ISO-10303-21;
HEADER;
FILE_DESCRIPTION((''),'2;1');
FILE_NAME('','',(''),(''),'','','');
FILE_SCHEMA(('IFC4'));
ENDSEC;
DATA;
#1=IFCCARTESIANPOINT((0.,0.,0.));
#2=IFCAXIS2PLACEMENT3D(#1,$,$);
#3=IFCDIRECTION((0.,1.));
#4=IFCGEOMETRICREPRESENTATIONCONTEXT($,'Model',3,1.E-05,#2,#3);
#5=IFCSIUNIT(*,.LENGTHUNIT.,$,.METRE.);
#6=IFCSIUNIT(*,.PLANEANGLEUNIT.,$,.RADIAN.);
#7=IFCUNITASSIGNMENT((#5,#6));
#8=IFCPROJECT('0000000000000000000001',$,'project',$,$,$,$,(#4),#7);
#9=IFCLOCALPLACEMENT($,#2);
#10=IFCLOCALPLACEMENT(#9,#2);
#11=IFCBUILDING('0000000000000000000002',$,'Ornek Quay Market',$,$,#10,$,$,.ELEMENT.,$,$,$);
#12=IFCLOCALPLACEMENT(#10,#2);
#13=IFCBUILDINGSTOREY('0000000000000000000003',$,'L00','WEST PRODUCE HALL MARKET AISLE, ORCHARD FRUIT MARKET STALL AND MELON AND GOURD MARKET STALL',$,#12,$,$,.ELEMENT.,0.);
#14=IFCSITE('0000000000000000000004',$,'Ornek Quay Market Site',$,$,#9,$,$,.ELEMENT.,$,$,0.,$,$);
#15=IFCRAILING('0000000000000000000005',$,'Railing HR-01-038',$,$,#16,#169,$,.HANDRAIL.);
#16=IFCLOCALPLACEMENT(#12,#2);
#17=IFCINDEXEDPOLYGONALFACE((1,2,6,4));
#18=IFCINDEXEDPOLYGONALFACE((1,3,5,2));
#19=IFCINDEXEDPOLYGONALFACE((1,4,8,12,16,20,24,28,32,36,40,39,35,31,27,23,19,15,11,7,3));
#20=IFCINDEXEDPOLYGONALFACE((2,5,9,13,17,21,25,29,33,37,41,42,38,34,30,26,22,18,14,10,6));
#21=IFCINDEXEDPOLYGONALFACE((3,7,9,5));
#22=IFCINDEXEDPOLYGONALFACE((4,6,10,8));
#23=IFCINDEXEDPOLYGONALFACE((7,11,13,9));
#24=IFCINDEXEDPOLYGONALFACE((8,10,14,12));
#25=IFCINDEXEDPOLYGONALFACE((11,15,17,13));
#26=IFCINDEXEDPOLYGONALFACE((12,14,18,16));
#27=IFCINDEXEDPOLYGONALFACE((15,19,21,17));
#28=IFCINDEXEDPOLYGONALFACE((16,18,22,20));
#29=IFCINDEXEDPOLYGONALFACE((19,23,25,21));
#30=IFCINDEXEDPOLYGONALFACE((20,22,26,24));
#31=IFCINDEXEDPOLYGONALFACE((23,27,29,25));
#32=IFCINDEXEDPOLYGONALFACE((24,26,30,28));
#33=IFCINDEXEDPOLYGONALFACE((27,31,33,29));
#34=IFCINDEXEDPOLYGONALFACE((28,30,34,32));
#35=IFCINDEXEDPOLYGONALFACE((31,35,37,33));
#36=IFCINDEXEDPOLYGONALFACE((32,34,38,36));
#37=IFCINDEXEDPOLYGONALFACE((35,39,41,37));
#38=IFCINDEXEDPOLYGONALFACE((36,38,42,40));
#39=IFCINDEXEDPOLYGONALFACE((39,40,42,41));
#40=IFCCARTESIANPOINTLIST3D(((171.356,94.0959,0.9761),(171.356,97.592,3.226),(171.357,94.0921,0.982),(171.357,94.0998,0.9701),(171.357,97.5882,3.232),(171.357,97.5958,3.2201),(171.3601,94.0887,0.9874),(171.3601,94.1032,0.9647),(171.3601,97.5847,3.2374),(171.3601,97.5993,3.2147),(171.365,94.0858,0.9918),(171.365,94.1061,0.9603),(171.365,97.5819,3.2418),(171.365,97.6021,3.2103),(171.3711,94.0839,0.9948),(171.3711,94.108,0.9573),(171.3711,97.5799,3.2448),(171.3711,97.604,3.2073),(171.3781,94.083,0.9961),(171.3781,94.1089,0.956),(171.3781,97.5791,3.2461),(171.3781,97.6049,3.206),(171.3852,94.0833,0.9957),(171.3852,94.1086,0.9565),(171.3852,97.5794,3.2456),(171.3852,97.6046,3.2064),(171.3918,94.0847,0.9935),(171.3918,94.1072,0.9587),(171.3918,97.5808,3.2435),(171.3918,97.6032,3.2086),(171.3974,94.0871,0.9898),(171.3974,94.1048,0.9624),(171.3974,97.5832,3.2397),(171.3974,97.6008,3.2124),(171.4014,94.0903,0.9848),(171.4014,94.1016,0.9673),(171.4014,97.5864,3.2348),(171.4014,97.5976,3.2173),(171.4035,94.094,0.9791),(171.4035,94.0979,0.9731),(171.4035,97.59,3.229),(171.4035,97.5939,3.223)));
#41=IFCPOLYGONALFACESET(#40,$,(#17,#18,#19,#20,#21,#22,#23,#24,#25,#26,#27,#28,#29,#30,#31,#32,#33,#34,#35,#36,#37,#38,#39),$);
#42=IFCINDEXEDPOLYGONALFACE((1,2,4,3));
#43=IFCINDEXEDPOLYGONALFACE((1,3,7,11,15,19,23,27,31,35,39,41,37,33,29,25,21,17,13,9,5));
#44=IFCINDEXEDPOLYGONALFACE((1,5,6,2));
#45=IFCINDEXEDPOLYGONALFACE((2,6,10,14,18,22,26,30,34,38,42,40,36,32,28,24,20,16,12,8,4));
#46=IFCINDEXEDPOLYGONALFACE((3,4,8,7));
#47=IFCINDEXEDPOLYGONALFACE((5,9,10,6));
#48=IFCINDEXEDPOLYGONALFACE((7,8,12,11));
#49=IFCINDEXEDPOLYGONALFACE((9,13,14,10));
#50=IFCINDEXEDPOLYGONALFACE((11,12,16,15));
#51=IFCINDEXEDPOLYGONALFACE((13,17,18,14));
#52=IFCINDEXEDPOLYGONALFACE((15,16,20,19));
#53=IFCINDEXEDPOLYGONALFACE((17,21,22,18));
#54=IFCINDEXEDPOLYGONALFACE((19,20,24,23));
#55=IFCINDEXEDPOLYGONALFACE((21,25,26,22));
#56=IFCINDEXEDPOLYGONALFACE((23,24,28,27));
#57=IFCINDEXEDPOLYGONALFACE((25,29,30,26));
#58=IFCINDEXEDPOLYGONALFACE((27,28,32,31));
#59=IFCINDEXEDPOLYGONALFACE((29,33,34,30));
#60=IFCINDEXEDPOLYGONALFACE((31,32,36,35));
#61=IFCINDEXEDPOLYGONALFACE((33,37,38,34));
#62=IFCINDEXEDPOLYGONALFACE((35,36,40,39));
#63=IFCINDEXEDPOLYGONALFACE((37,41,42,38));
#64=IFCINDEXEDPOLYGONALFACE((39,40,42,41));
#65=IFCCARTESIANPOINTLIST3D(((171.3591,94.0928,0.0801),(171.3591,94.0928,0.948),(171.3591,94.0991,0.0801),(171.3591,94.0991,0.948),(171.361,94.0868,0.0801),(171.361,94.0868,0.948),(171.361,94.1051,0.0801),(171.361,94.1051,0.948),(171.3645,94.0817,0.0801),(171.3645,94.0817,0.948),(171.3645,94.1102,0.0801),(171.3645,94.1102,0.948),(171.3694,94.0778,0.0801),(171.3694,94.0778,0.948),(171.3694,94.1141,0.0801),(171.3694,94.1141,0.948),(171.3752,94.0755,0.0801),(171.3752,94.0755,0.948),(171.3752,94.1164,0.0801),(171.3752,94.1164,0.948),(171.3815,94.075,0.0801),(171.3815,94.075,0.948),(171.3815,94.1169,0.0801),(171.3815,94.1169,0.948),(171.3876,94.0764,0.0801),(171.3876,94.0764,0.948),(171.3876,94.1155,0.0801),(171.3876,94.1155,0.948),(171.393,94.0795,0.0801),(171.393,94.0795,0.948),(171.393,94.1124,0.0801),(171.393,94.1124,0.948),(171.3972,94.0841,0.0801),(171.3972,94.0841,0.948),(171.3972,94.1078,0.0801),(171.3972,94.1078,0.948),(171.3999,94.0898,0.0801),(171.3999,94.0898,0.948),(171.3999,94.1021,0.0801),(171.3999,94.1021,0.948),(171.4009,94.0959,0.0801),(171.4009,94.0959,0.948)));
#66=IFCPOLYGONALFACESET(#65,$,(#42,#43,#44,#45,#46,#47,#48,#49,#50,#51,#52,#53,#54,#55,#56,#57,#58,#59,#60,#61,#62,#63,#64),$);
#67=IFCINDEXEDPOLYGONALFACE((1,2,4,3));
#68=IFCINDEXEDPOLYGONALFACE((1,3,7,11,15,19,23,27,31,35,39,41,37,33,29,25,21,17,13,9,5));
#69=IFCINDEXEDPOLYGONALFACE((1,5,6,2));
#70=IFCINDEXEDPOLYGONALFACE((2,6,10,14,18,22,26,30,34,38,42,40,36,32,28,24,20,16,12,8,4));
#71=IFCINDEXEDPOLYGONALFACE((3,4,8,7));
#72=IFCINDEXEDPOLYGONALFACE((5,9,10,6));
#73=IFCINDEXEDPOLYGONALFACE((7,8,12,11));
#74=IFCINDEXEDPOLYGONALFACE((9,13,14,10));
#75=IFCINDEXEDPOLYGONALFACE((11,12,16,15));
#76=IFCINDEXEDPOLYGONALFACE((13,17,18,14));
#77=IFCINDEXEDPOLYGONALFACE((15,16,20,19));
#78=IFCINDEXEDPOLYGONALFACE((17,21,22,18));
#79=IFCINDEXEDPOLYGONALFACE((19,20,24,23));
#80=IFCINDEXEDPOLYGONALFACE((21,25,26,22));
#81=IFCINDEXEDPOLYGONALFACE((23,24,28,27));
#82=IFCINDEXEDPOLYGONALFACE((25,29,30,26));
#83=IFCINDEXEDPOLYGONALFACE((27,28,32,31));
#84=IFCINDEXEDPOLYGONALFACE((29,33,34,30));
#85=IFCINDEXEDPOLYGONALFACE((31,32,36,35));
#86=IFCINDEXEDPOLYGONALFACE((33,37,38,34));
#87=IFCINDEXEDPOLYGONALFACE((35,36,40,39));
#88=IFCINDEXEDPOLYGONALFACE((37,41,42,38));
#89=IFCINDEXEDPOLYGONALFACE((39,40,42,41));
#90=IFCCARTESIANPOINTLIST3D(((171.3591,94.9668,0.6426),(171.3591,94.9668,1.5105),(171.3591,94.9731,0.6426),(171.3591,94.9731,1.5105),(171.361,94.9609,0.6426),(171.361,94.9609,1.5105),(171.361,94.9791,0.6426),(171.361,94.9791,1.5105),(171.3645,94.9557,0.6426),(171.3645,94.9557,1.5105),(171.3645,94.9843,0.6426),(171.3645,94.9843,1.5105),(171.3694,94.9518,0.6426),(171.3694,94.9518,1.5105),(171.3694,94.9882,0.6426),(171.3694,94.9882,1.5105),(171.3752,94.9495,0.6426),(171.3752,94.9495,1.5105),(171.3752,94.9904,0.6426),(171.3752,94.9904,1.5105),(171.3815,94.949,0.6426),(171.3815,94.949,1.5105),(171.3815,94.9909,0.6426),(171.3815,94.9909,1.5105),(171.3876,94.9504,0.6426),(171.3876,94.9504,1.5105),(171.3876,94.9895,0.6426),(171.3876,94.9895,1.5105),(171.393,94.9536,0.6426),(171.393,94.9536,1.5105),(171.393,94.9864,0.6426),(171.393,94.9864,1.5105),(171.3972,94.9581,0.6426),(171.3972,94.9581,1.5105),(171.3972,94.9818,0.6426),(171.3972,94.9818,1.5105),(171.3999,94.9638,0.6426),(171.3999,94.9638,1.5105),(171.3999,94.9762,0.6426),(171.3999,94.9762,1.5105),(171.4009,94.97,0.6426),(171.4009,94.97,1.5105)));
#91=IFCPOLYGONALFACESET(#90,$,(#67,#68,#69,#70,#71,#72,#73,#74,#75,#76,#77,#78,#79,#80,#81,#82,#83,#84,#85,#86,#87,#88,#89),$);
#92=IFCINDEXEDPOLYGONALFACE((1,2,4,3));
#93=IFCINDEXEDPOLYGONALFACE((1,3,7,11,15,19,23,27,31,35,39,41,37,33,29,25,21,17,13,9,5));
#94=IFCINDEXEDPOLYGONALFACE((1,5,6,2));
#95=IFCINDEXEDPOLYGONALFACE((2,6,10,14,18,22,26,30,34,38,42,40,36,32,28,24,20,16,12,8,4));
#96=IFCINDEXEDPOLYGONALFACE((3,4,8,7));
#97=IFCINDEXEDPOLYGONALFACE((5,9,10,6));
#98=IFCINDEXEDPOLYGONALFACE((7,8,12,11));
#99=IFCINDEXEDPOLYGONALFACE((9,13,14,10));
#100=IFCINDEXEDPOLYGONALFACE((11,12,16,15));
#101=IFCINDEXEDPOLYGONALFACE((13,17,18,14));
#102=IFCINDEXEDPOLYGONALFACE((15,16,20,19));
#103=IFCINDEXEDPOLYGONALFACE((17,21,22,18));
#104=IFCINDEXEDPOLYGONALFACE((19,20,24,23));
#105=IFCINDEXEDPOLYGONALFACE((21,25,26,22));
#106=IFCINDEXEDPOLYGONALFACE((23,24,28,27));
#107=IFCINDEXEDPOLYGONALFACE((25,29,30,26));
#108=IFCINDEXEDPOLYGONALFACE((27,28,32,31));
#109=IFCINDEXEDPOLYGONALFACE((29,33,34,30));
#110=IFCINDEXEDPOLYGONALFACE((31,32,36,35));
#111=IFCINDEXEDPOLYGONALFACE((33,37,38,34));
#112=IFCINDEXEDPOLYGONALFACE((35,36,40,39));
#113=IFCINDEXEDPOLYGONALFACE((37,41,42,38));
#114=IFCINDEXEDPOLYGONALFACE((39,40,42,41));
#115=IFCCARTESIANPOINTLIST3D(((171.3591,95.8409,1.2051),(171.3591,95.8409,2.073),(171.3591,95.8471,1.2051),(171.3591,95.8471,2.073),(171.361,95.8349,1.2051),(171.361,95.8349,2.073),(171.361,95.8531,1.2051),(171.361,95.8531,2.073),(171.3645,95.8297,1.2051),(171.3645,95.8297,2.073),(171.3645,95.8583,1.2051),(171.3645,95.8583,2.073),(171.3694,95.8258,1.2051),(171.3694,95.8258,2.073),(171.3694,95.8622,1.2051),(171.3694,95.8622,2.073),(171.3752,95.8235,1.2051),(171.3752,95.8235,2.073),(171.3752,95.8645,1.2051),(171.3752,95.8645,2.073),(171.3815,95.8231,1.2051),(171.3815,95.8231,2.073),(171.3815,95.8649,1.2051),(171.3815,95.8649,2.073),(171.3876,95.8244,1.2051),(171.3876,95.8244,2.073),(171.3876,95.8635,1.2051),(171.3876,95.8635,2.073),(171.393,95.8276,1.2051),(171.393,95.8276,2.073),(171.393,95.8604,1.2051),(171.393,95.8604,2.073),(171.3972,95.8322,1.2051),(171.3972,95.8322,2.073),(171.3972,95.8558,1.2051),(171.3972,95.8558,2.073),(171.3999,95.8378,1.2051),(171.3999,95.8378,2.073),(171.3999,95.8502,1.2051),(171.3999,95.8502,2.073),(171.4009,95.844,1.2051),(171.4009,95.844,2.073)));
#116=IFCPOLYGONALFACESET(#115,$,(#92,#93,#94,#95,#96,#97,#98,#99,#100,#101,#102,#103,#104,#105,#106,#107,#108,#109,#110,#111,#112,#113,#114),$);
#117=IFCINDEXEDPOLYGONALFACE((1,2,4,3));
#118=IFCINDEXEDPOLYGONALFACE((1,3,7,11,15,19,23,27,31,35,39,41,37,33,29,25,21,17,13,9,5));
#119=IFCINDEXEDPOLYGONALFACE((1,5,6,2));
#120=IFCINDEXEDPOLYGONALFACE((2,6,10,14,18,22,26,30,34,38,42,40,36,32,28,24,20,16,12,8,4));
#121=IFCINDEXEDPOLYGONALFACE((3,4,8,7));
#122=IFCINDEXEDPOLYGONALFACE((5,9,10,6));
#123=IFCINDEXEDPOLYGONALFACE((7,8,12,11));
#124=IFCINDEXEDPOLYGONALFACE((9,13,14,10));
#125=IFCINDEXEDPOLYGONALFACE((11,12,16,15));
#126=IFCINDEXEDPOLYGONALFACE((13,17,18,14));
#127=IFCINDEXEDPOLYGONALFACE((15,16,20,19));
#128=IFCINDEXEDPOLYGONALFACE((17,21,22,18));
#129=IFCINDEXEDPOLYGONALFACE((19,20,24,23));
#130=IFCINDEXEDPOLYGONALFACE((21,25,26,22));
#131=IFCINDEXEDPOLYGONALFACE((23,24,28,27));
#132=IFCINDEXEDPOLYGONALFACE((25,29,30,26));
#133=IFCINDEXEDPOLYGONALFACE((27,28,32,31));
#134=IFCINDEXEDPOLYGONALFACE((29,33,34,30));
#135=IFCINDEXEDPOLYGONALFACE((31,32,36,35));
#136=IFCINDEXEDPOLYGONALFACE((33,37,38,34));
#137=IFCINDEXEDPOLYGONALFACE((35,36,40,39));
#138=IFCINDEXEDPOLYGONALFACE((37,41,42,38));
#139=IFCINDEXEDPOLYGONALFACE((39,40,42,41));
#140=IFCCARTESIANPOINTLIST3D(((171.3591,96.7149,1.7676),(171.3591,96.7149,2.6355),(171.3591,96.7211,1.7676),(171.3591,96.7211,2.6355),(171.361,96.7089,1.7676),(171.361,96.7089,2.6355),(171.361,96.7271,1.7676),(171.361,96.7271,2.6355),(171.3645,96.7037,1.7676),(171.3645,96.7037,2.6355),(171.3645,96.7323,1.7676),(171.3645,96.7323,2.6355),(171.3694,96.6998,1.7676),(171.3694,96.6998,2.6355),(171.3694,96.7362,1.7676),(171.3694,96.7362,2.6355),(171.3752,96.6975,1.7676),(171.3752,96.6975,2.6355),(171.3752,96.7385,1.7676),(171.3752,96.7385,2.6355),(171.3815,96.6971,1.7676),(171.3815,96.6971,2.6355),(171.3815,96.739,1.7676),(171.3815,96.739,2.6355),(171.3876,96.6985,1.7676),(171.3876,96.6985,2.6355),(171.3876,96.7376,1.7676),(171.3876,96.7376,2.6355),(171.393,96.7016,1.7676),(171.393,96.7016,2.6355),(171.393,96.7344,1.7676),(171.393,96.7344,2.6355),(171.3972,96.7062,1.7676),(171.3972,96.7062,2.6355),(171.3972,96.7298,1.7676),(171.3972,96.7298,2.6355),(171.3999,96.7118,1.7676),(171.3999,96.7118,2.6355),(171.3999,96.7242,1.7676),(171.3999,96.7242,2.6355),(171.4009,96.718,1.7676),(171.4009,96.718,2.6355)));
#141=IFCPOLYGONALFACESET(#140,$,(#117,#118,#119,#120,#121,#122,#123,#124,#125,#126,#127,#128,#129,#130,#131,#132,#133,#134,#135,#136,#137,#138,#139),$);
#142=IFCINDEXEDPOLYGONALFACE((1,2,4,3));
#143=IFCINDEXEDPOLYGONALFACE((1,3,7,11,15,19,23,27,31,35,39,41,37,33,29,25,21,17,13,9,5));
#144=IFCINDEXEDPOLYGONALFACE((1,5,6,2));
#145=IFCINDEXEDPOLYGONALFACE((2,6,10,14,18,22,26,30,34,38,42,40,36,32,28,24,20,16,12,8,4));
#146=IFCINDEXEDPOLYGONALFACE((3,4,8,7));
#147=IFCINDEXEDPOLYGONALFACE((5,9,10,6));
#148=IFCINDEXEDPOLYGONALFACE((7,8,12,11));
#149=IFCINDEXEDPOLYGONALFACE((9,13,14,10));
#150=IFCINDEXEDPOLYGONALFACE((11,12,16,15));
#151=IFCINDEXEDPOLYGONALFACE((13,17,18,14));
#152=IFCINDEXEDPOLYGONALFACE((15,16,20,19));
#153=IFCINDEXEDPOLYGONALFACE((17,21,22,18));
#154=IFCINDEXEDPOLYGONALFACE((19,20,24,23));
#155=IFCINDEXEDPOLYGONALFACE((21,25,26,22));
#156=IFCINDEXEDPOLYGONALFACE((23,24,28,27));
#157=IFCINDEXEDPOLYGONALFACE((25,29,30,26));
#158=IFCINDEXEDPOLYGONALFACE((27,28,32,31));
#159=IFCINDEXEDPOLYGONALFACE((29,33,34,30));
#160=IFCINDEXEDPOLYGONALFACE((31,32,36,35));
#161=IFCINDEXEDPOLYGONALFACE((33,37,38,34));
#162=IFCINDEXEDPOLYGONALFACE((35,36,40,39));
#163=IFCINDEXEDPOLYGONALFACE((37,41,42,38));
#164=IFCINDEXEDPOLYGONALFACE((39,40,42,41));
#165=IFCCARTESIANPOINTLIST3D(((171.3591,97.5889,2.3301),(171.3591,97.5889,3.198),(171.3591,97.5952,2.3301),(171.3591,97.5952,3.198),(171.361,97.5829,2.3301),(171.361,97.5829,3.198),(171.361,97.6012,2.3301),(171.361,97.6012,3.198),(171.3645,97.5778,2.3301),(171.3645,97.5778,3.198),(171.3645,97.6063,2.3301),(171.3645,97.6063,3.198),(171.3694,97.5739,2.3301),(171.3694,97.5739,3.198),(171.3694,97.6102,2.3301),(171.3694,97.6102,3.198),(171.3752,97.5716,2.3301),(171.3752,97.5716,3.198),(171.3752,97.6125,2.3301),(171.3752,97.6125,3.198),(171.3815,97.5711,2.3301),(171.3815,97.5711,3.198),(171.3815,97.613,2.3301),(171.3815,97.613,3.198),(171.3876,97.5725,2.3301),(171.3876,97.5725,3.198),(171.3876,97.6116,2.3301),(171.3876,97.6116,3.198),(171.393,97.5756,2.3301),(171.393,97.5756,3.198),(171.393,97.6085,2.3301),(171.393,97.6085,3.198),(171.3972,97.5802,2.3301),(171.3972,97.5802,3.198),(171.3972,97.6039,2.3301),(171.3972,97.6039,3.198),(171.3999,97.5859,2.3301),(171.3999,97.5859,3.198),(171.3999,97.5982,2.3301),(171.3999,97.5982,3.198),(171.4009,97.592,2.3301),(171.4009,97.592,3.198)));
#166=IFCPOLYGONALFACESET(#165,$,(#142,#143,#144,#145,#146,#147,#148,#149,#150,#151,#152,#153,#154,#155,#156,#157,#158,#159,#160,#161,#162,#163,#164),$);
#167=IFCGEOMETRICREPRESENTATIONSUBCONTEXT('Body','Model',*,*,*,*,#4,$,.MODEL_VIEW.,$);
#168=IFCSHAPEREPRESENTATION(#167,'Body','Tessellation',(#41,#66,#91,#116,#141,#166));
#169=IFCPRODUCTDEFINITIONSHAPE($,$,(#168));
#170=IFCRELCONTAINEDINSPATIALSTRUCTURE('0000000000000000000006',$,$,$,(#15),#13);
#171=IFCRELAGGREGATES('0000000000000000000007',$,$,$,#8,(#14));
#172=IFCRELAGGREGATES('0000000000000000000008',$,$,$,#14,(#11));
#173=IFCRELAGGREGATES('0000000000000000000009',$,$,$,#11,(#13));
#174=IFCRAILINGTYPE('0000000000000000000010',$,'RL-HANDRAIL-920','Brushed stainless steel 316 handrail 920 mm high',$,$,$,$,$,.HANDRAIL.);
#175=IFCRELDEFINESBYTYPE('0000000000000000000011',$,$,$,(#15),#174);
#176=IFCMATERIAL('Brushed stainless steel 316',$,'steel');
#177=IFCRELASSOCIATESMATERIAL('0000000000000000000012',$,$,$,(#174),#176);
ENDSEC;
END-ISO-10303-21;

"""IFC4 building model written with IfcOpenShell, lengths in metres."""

from ifc_helpers import new_model, si_unit, direction, frame, origin, origin_2d, place, context, subcontext, project, spatial, circle, extrude, material, type_object, element, save


model = new_model("IFC4")

# Units and contexts
model_context = context("Model", 3, precision=1e-05, world=origin(), true_north=direction((0.0, 1.0)))
body_context = subcontext(model_context, "Body", "Model", "MODEL_VIEW")
ifc_project = project(units=[si_unit("LENGTHUNIT", "METRE"), si_unit("PLANEANGLEUNIT", "RADIAN")], contexts=[model_context])

# Site, building, storey
site_placement = place(None, origin())
site = spatial("IfcSite", under=ifc_project, at=site_placement, Name="Ornek Quay Market Site", CompositionType="ELEMENT", RefElevation=0.0)
building_placement = place(site_placement, origin())
building = spatial("IfcBuilding", under=site, at=building_placement, Name="Ornek Quay Market", CompositionType="ELEMENT")
storey_placement = place(building_placement, origin())
storey = spatial("IfcBuildingStorey", under=building, at=storey_placement, Name="L00", Description="WEST PRODUCE HALL MARKET AISLE, ORCHARD FRUIT MARKET STALL AND MELON AND GOURD MARKET STALL", CompositionType="ELEMENT", Elevation=0.0)

# Railing
ifc_material_1 = material(Name="Brushed stainless steel 316", Category="steel")
railing_type_1 = type_object("IfcRailingType", Name="RL-HANDRAIL-920", Description="Brushed stainless steel 316 handrail 920 mm high", PredefinedType="HANDRAIL", material=ifc_material_1)
railing_1_placement = place(storey_placement, frame((171.3799, 94.0959, 0.0801)))
element("IfcRailing", 1, at=railing_1_placement, inside=storey, type_object=railing_type_1, Name="Railing HR-01-038", PredefinedType="HANDRAIL", context=body_context, shape_type="SweptSolid", body=[
    extrude(circle(Radius=0.0239, at=origin_2d()), frame((0.0, 0.0, 0.896), z_axis=(0.0, 0.840904, 0.541185), x_axis=(-1.0, 0.0, 0.0)), (0.0, 0.0, 1.0), 4.1575),
    extrude(circle(Radius=0.021, at=origin_2d()), origin(), (0.0, 0.0, 1.0), 0.8679),
    extrude(circle(Radius=0.021, at=origin_2d()), frame((0.0, 0.874, 0.5625)), (0.0, 0.0, 1.0), 0.8679),
    extrude(circle(Radius=0.021, at=origin_2d()), frame((0.0, 1.748, 1.125)), (0.0, 0.0, 1.0), 0.8679),
    extrude(circle(Radius=0.021, at=origin_2d()), frame((0.0, 2.6221, 1.6875)), (0.0, 0.0, 1.0), 0.8679),
    extrude(circle(Radius=0.021, at=origin_2d()), frame((0.0, 3.4961, 2.25)), (0.0, 0.0, 1.0), 0.8679),
])

save(model, "model.ifc")
